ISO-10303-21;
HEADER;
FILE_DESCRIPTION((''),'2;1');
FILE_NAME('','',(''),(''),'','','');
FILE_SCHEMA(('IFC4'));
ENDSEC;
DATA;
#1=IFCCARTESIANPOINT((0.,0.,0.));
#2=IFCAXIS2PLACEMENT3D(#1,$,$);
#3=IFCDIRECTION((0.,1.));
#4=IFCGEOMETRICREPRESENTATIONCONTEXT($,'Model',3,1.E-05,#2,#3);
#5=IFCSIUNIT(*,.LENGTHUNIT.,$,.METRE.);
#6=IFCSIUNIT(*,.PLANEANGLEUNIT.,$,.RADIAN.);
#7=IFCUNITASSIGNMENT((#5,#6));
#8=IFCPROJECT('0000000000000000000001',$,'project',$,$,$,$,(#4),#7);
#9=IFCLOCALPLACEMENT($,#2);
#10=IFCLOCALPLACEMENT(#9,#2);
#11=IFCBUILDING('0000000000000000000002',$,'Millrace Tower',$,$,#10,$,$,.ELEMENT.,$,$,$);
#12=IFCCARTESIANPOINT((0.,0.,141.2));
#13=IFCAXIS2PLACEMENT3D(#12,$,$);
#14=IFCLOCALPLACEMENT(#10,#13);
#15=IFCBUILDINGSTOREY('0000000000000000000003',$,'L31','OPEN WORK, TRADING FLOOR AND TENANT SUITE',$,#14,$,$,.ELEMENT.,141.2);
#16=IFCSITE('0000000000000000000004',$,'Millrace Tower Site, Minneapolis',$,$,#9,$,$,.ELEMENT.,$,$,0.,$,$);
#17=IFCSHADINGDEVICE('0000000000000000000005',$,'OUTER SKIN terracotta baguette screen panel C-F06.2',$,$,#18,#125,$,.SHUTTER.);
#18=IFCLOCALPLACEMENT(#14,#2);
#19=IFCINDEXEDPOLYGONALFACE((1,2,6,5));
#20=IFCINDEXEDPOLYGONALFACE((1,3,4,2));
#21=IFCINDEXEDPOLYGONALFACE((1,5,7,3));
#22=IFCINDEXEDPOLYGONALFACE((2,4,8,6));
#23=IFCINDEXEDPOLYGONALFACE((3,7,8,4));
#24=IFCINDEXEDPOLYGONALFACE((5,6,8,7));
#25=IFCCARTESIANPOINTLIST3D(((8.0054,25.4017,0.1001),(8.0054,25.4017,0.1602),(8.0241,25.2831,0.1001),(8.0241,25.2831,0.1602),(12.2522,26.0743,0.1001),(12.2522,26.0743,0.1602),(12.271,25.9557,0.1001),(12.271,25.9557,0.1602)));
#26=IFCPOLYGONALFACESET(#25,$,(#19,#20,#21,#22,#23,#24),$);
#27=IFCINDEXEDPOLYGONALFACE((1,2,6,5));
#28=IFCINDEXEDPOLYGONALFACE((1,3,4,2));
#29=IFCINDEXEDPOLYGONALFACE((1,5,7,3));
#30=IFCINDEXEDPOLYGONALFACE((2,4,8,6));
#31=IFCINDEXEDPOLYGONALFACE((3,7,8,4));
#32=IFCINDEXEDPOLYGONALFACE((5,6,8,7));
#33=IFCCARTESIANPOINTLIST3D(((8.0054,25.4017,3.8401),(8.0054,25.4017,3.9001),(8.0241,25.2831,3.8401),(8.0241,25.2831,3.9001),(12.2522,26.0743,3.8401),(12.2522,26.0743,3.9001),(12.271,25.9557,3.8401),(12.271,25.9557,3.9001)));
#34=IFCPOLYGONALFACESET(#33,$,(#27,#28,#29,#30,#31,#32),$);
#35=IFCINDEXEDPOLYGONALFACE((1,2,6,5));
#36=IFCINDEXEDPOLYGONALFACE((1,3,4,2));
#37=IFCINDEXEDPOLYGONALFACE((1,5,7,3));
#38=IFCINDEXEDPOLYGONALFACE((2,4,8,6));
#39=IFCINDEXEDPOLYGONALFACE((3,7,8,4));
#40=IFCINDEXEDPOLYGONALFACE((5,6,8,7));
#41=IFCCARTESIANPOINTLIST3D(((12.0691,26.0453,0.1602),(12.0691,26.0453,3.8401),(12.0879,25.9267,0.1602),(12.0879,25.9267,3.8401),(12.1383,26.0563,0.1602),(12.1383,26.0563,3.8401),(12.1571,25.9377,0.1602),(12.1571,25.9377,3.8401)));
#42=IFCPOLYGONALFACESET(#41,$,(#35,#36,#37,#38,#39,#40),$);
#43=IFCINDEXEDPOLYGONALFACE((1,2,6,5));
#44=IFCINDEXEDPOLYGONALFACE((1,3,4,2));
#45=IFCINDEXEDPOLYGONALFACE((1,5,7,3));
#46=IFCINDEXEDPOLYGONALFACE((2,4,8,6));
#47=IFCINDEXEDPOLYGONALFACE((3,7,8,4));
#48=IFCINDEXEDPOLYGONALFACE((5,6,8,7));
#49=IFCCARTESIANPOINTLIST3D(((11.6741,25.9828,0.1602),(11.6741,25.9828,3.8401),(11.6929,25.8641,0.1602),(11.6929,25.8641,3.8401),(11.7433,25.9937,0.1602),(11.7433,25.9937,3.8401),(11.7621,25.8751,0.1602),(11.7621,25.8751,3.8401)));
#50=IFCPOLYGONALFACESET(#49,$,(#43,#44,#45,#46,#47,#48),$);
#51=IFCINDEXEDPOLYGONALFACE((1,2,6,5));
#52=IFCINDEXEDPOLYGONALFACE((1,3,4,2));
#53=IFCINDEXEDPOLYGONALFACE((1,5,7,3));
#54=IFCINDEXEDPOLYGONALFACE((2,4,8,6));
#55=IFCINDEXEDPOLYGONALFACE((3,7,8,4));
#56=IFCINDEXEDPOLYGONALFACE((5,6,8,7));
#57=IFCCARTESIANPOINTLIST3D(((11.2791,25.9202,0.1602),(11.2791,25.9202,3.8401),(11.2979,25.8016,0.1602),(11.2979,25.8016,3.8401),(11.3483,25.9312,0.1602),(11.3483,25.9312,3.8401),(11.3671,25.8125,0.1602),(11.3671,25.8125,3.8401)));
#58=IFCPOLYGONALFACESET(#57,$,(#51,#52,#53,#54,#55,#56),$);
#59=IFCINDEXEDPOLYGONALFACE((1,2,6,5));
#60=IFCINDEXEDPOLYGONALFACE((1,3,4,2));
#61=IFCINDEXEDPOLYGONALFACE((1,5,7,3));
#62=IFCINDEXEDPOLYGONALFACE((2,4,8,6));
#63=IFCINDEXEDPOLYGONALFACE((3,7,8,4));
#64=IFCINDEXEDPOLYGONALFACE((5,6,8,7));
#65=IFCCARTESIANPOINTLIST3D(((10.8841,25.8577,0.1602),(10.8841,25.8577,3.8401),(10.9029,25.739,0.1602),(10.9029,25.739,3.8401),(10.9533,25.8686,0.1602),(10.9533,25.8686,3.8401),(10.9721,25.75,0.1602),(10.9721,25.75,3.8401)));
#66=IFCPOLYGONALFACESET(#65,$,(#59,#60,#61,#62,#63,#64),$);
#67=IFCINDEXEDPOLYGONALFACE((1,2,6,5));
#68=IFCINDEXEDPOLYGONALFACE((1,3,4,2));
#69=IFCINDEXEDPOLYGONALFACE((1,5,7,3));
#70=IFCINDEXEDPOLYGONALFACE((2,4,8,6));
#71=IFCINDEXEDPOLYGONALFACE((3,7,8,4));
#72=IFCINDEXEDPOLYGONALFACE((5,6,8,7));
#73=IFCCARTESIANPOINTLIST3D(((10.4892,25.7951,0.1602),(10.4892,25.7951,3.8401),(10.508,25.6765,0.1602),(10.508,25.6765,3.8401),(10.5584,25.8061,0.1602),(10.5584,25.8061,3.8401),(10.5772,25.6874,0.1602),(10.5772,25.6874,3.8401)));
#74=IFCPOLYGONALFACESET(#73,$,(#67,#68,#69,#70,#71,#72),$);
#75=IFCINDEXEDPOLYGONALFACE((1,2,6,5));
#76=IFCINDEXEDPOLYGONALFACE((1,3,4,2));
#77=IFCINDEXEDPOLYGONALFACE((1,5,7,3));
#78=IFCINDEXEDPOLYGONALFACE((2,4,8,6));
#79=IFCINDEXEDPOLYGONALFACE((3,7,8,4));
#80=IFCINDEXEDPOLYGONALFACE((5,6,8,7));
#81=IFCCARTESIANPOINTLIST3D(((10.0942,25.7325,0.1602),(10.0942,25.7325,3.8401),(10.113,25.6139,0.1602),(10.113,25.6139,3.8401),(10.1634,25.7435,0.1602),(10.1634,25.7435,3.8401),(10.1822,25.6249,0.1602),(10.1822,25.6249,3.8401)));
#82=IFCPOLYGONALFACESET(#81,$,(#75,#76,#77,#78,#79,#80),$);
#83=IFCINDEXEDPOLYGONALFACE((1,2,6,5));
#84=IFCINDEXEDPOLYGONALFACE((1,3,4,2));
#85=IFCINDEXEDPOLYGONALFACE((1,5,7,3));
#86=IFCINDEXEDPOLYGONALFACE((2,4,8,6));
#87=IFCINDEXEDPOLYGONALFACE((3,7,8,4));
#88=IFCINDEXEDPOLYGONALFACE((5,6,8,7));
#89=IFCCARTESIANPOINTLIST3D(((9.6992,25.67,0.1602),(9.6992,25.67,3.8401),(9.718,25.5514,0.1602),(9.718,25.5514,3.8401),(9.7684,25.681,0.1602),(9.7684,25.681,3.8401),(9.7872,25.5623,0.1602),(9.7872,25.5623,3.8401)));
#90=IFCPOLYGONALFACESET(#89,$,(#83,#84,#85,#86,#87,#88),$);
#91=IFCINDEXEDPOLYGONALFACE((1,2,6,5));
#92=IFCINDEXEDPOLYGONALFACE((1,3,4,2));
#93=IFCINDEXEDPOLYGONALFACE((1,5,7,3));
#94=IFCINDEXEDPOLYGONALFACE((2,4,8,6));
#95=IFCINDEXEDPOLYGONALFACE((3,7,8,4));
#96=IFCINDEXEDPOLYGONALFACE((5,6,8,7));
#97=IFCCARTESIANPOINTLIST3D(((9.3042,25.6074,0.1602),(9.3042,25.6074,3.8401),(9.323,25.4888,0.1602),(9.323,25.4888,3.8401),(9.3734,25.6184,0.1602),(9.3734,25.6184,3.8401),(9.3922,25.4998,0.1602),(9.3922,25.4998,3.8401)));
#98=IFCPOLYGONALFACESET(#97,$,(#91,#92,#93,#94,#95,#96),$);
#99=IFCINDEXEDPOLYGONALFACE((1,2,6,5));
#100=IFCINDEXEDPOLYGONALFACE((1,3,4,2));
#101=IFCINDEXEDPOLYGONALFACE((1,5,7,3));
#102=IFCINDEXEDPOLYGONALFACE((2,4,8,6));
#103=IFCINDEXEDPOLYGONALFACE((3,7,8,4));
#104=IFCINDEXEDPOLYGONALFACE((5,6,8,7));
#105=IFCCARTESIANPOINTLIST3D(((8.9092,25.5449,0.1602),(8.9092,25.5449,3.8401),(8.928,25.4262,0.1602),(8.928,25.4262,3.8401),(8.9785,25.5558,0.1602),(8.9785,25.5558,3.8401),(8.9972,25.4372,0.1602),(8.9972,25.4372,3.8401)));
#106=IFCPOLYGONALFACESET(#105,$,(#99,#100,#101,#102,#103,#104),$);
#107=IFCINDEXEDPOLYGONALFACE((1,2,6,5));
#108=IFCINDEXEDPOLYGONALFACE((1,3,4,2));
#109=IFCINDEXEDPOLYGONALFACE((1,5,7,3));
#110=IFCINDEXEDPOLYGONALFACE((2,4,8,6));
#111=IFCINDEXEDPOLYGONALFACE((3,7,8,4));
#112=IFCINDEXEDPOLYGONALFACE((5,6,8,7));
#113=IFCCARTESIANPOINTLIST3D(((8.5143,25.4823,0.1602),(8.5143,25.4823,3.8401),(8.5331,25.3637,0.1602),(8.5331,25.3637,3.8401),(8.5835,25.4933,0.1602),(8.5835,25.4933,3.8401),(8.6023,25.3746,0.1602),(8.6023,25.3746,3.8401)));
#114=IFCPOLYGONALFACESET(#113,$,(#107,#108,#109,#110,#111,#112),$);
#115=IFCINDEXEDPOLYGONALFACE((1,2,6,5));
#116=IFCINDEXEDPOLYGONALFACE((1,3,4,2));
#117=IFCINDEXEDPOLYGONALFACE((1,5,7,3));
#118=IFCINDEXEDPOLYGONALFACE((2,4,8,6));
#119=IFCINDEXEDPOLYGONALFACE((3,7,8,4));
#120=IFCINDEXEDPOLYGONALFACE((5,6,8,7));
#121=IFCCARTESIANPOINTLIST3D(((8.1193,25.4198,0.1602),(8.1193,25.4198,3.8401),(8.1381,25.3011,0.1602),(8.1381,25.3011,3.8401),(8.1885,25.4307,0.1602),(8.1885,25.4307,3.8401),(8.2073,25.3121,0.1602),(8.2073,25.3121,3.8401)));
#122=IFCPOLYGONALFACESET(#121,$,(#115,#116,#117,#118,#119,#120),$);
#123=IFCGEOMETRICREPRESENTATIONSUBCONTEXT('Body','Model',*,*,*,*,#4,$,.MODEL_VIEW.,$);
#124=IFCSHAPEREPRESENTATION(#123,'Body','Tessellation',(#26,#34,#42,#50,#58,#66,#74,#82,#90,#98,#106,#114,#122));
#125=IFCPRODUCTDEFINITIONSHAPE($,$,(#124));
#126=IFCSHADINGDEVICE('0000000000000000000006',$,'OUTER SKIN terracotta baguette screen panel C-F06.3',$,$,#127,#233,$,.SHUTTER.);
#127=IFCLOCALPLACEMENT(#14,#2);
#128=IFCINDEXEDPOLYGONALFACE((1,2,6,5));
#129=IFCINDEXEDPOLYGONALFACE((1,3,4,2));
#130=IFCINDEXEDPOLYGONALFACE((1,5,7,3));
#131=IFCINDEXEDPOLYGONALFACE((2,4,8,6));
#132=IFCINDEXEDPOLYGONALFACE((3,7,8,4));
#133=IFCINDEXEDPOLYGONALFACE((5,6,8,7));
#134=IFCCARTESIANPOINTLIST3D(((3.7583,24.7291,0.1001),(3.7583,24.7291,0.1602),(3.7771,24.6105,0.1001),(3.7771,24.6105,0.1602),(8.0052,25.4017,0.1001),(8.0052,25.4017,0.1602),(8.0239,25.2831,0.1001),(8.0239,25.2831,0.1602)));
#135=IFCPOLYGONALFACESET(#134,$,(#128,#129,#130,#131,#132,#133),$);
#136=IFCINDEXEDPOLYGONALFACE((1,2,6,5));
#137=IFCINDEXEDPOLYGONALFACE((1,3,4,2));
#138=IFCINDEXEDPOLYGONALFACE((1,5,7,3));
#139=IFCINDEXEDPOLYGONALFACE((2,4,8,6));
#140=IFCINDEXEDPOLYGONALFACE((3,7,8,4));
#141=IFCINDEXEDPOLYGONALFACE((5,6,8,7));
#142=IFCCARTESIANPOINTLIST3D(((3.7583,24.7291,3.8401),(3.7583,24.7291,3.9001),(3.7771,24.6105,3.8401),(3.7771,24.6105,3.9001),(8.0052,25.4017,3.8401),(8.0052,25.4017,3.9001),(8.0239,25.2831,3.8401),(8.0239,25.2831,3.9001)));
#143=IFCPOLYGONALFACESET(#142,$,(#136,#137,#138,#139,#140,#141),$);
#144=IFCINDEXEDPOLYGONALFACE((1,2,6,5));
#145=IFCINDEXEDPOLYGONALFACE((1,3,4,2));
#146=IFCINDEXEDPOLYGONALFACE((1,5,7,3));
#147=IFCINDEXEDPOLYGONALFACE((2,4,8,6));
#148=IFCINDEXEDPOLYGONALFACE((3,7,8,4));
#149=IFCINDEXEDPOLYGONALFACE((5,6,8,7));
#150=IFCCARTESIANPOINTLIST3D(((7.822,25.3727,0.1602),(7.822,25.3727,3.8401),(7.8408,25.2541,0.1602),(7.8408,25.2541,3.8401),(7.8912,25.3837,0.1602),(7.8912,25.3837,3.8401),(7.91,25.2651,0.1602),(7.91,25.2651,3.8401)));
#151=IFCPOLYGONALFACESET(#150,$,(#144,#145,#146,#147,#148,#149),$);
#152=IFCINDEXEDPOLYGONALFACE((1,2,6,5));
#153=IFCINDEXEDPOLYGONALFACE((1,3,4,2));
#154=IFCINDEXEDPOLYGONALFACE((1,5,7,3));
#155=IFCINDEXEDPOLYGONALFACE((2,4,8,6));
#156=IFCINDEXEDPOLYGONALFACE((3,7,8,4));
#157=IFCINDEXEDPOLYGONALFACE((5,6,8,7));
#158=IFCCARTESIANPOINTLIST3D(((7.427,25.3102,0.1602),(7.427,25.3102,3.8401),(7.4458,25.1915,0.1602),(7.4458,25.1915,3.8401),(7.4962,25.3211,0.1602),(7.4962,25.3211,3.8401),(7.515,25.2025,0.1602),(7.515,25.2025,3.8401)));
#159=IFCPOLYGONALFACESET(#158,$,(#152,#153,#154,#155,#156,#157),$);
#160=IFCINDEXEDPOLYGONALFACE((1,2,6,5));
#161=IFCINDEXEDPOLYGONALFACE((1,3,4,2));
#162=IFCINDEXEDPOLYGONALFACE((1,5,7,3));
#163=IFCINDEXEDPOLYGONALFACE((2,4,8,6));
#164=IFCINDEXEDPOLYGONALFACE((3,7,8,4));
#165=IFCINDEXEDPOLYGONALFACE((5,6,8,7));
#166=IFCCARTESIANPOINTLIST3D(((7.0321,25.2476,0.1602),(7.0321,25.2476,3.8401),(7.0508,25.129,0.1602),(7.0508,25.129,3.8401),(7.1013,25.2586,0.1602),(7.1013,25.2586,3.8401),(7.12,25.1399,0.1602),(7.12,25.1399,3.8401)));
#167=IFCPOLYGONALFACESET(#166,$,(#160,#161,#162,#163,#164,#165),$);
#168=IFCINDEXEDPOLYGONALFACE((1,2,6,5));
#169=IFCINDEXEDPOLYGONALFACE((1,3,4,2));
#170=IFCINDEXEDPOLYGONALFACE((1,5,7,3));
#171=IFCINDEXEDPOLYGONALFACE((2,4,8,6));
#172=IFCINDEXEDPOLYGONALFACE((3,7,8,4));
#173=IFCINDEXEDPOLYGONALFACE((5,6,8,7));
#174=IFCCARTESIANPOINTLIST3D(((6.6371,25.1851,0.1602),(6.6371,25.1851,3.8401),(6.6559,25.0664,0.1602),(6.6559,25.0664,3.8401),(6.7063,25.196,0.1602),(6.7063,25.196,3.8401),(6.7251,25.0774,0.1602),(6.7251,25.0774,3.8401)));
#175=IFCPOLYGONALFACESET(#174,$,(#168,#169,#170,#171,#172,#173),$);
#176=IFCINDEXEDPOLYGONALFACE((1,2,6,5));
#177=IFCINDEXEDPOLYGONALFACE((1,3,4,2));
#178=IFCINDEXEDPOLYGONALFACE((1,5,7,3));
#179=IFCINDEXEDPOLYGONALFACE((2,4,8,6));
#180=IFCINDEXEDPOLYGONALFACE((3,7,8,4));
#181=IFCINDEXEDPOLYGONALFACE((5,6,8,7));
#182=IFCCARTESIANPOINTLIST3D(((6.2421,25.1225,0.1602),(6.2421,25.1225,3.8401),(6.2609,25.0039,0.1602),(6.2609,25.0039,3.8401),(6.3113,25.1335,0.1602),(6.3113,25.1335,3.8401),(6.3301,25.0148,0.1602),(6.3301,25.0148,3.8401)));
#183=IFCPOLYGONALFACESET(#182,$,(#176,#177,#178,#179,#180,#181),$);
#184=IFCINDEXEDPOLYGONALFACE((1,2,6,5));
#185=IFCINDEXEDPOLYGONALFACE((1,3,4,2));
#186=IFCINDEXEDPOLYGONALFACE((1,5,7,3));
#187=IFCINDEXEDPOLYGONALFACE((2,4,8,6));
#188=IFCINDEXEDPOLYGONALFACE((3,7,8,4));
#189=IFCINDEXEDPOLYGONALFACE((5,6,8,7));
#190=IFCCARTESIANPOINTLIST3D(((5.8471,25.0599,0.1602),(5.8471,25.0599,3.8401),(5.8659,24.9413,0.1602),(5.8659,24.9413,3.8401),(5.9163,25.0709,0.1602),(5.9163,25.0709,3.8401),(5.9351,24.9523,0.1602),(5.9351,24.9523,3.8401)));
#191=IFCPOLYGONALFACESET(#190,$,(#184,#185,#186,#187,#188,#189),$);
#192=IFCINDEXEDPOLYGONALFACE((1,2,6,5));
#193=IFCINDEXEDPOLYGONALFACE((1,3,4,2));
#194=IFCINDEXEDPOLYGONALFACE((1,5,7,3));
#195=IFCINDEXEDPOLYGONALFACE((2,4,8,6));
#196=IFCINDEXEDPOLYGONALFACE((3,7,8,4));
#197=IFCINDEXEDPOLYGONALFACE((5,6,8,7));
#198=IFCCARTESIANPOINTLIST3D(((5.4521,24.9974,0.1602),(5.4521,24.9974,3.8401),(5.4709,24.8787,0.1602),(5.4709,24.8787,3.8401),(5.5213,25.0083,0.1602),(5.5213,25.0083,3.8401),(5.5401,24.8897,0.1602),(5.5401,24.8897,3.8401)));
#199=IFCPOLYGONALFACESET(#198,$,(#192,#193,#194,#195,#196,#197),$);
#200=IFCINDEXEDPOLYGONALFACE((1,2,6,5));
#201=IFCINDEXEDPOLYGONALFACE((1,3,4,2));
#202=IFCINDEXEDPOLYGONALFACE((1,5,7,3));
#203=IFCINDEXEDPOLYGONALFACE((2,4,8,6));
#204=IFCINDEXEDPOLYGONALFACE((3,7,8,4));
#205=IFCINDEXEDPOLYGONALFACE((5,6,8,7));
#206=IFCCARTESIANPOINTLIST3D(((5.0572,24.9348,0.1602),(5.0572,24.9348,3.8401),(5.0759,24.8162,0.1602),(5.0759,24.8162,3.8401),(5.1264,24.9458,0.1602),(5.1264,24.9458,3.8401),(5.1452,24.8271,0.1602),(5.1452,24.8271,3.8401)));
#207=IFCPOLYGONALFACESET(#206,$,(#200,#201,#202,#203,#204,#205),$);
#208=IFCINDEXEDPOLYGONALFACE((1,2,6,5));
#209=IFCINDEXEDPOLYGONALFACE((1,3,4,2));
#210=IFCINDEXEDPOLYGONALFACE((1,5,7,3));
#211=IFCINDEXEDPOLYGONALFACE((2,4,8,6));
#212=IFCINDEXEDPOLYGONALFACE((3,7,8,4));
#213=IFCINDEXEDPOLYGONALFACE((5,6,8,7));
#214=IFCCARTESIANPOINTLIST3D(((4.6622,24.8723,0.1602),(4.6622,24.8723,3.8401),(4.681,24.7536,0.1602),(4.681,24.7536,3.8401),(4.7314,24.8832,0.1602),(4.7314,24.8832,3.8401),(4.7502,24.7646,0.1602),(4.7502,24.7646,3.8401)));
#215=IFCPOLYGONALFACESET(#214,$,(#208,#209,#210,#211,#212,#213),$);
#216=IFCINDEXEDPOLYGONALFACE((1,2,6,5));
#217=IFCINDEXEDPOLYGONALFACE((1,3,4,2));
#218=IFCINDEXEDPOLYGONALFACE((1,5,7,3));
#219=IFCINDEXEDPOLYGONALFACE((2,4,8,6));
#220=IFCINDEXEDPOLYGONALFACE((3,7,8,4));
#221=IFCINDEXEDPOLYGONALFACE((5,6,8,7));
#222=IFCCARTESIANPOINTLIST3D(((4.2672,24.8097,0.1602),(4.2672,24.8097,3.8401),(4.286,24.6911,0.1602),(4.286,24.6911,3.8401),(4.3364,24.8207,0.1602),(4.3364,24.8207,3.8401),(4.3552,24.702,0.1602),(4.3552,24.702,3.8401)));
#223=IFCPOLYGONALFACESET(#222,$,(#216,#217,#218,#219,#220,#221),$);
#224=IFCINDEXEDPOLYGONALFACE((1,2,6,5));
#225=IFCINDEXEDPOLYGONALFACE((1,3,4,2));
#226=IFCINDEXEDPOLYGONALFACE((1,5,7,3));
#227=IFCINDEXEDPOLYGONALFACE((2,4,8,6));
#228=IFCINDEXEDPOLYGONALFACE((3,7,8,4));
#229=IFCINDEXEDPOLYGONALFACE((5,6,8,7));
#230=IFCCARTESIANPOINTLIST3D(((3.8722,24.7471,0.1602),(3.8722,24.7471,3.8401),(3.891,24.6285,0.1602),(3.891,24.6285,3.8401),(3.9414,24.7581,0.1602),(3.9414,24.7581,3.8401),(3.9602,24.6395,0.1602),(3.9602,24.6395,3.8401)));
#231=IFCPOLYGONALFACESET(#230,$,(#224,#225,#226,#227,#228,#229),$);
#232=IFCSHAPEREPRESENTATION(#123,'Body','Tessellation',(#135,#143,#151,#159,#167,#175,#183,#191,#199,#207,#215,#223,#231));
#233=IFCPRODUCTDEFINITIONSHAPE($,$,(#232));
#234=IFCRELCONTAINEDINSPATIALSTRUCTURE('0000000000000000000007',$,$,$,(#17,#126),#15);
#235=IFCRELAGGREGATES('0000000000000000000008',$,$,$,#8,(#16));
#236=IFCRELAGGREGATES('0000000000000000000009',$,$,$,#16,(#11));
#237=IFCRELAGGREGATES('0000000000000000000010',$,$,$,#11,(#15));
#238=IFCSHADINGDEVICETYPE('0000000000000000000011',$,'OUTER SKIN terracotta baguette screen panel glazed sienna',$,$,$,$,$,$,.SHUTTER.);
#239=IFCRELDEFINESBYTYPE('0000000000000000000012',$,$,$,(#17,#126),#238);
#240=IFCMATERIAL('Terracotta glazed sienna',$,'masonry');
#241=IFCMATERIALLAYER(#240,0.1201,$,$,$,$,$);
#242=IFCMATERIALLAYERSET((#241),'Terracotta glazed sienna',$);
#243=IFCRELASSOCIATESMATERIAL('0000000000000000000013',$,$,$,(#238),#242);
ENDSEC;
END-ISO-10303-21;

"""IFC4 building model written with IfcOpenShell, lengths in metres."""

from ifc_helpers import new_model, entity, si_unit, direction, frame, frame_2d, origin, origin_2d, place, context, subcontext, project, spatial, rectangle, extrude, source, transform, mapped, material, layer, layer_set, type_object, element, save


model = new_model("IFC4")

# Units and contexts
model_context = context("Model", 3, precision=1e-05, world=origin(), true_north=direction((0.0, 1.0)))
body_context = subcontext(model_context, "Body", "Model", "MODEL_VIEW")
ifc_project = project(units=[si_unit("LENGTHUNIT", "METRE"), si_unit("PLANEANGLEUNIT", "RADIAN")], contexts=[model_context])

# Site, building, storey
site_placement = place(None, origin())
site = spatial("IfcSite", under=ifc_project, at=site_placement, Name="Millrace Tower Site, Minneapolis", CompositionType="ELEMENT", RefElevation=0.0)
building_placement = place(site_placement, origin())
building = spatial("IfcBuilding", under=site, at=building_placement, Name="Millrace Tower", CompositionType="ELEMENT")
storey_placement = place(building_placement, frame((0.0, 0.0, 141.2)))
storey = spatial("IfcBuildingStorey", under=building, at=storey_placement, Name="L31", Description="OPEN WORK, TRADING FLOOR AND TENANT SUITE", CompositionType="ELEMENT", Elevation=141.2)

# Shading devices
ifc_material_1 = material(Name="Terracotta glazed sienna", Category="masonry")
ifc_layer_1 = layer(ifc_material_1, 0.1201)
ifc_layer_set_1 = layer_set([ifc_layer_1], Name="Terracotta glazed sienna")
shading_device_type = type_object("IfcShadingDeviceType", Name="OUTER SKIN terracotta baguette screen panel glazed sienna", PredefinedType="SHUTTER", material=ifc_layer_set_1)
cartesian_point_1 = entity("IfcCartesianPoint", [-2.1499, 0.0601])
shared_polyline_1 = entity("IfcPolyline", [cartesian_point_1, entity("IfcCartesianPoint", [2.1499, 0.0601]), entity("IfcCartesianPoint", [2.1499, -0.0601]), entity("IfcCartesianPoint", [-2.1499, -0.0601]), cartesian_point_1])
shared_shape_1 = source(origin(), body_context, "Body", "SweptSolid", [
    entity("IfcExtrudedAreaSolid", entity("IfcArbitraryClosedProfileDef", "AREA", None, shared_polyline_1), entity("IfcAxis2Placement3D", entity("IfcCartesianPoint", [0.0, 0.0, 0.0])), entity("IfcDirection", [0.0, 0.0, 1.0]), 0.0601),
    entity("IfcExtrudedAreaSolid", entity("IfcArbitraryClosedProfileDef", "AREA", None, shared_polyline_1), entity("IfcAxis2Placement3D", entity("IfcCartesianPoint", [0.0, 0.0, 3.74])), entity("IfcDirection", [0.0, 0.0, 1.0]), 0.0601),
    extrude(rectangle(XDim=0.0701, YDim=0.1201, at=frame_2d((-1.9995, 0.0))), frame((0.0, 0.0, 0.0601)), (0.0, 0.0, 1.0), 3.6799),
    extrude(rectangle(XDim=0.0701, YDim=0.1201, at=frame_2d((-1.5996, 0.0))), frame((0.0, 0.0, 0.0601)), (0.0, 0.0, 1.0), 3.6799),
    extrude(rectangle(XDim=0.0701, YDim=0.1201, at=frame_2d((-1.1997, 0.0))), frame((0.0, 0.0, 0.0601)), (0.0, 0.0, 1.0), 3.6799),
    extrude(rectangle(XDim=0.0701, YDim=0.1201, at=frame_2d((-0.7998, 0.0))), frame((0.0, 0.0, 0.0601)), (0.0, 0.0, 1.0), 3.6799),
    extrude(rectangle(XDim=0.0701, YDim=0.1201, at=frame_2d((-0.3999, 0.0))), frame((0.0, 0.0, 0.0601)), (0.0, 0.0, 1.0), 3.6799),
    extrude(rectangle(XDim=0.0701, YDim=0.1201, at=origin_2d()), frame((0.0, 0.0, 0.0601)), (0.0, 0.0, 1.0), 3.6799),
    extrude(rectangle(XDim=0.0701, YDim=0.1201, at=frame_2d((0.3999, 0.0))), frame((0.0, 0.0, 0.0601)), (0.0, 0.0, 1.0), 3.6799),
    extrude(rectangle(XDim=0.0701, YDim=0.1201, at=frame_2d((0.7998, 0.0))), frame((0.0, 0.0, 0.0601)), (0.0, 0.0, 1.0), 3.6799),
    extrude(rectangle(XDim=0.0701, YDim=0.1201, at=frame_2d((1.1997, 0.0))), frame((0.0, 0.0, 0.0601)), (0.0, 0.0, 1.0), 3.6799),
    extrude(rectangle(XDim=0.0701, YDim=0.1201, at=frame_2d((1.5996, 0.0))), frame((0.0, 0.0, 0.0601)), (0.0, 0.0, 1.0), 3.6799),
    extrude(rectangle(XDim=0.0701, YDim=0.1201, at=frame_2d((1.9995, 0.0))), frame((0.0, 0.0, 0.0601)), (0.0, 0.0, 1.0), 3.6799),
])
for number, where, z_axis, x_axis, name in (
    (1, (10.1382, 25.6787, 0.1001), (0.0, 0.0, 1.0), (-0.987688, -0.156434, 0.0), "OUTER SKIN terracotta baguette screen panel C-F06.2"),
    (2, (5.8911, 25.0061, 0.1001), (0.0, 0.0, 1.0), (-0.987688, -0.156434, 0.0), "OUTER SKIN terracotta baguette screen panel C-F06.3"),
):
    element("IfcShadingDevice", number, at=place(storey_placement, frame(where, z_axis=z_axis, x_axis=x_axis)), inside=storey, type_object=shading_device_type, Name=name, PredefinedType="SHUTTER", context=body_context, shape_type="MappedRepresentation", body=[
        mapped(shared_shape_1, transform((0.0, 0.0, 0.0), scale=1.0)),
    ])

save(model, "model.ifc")
